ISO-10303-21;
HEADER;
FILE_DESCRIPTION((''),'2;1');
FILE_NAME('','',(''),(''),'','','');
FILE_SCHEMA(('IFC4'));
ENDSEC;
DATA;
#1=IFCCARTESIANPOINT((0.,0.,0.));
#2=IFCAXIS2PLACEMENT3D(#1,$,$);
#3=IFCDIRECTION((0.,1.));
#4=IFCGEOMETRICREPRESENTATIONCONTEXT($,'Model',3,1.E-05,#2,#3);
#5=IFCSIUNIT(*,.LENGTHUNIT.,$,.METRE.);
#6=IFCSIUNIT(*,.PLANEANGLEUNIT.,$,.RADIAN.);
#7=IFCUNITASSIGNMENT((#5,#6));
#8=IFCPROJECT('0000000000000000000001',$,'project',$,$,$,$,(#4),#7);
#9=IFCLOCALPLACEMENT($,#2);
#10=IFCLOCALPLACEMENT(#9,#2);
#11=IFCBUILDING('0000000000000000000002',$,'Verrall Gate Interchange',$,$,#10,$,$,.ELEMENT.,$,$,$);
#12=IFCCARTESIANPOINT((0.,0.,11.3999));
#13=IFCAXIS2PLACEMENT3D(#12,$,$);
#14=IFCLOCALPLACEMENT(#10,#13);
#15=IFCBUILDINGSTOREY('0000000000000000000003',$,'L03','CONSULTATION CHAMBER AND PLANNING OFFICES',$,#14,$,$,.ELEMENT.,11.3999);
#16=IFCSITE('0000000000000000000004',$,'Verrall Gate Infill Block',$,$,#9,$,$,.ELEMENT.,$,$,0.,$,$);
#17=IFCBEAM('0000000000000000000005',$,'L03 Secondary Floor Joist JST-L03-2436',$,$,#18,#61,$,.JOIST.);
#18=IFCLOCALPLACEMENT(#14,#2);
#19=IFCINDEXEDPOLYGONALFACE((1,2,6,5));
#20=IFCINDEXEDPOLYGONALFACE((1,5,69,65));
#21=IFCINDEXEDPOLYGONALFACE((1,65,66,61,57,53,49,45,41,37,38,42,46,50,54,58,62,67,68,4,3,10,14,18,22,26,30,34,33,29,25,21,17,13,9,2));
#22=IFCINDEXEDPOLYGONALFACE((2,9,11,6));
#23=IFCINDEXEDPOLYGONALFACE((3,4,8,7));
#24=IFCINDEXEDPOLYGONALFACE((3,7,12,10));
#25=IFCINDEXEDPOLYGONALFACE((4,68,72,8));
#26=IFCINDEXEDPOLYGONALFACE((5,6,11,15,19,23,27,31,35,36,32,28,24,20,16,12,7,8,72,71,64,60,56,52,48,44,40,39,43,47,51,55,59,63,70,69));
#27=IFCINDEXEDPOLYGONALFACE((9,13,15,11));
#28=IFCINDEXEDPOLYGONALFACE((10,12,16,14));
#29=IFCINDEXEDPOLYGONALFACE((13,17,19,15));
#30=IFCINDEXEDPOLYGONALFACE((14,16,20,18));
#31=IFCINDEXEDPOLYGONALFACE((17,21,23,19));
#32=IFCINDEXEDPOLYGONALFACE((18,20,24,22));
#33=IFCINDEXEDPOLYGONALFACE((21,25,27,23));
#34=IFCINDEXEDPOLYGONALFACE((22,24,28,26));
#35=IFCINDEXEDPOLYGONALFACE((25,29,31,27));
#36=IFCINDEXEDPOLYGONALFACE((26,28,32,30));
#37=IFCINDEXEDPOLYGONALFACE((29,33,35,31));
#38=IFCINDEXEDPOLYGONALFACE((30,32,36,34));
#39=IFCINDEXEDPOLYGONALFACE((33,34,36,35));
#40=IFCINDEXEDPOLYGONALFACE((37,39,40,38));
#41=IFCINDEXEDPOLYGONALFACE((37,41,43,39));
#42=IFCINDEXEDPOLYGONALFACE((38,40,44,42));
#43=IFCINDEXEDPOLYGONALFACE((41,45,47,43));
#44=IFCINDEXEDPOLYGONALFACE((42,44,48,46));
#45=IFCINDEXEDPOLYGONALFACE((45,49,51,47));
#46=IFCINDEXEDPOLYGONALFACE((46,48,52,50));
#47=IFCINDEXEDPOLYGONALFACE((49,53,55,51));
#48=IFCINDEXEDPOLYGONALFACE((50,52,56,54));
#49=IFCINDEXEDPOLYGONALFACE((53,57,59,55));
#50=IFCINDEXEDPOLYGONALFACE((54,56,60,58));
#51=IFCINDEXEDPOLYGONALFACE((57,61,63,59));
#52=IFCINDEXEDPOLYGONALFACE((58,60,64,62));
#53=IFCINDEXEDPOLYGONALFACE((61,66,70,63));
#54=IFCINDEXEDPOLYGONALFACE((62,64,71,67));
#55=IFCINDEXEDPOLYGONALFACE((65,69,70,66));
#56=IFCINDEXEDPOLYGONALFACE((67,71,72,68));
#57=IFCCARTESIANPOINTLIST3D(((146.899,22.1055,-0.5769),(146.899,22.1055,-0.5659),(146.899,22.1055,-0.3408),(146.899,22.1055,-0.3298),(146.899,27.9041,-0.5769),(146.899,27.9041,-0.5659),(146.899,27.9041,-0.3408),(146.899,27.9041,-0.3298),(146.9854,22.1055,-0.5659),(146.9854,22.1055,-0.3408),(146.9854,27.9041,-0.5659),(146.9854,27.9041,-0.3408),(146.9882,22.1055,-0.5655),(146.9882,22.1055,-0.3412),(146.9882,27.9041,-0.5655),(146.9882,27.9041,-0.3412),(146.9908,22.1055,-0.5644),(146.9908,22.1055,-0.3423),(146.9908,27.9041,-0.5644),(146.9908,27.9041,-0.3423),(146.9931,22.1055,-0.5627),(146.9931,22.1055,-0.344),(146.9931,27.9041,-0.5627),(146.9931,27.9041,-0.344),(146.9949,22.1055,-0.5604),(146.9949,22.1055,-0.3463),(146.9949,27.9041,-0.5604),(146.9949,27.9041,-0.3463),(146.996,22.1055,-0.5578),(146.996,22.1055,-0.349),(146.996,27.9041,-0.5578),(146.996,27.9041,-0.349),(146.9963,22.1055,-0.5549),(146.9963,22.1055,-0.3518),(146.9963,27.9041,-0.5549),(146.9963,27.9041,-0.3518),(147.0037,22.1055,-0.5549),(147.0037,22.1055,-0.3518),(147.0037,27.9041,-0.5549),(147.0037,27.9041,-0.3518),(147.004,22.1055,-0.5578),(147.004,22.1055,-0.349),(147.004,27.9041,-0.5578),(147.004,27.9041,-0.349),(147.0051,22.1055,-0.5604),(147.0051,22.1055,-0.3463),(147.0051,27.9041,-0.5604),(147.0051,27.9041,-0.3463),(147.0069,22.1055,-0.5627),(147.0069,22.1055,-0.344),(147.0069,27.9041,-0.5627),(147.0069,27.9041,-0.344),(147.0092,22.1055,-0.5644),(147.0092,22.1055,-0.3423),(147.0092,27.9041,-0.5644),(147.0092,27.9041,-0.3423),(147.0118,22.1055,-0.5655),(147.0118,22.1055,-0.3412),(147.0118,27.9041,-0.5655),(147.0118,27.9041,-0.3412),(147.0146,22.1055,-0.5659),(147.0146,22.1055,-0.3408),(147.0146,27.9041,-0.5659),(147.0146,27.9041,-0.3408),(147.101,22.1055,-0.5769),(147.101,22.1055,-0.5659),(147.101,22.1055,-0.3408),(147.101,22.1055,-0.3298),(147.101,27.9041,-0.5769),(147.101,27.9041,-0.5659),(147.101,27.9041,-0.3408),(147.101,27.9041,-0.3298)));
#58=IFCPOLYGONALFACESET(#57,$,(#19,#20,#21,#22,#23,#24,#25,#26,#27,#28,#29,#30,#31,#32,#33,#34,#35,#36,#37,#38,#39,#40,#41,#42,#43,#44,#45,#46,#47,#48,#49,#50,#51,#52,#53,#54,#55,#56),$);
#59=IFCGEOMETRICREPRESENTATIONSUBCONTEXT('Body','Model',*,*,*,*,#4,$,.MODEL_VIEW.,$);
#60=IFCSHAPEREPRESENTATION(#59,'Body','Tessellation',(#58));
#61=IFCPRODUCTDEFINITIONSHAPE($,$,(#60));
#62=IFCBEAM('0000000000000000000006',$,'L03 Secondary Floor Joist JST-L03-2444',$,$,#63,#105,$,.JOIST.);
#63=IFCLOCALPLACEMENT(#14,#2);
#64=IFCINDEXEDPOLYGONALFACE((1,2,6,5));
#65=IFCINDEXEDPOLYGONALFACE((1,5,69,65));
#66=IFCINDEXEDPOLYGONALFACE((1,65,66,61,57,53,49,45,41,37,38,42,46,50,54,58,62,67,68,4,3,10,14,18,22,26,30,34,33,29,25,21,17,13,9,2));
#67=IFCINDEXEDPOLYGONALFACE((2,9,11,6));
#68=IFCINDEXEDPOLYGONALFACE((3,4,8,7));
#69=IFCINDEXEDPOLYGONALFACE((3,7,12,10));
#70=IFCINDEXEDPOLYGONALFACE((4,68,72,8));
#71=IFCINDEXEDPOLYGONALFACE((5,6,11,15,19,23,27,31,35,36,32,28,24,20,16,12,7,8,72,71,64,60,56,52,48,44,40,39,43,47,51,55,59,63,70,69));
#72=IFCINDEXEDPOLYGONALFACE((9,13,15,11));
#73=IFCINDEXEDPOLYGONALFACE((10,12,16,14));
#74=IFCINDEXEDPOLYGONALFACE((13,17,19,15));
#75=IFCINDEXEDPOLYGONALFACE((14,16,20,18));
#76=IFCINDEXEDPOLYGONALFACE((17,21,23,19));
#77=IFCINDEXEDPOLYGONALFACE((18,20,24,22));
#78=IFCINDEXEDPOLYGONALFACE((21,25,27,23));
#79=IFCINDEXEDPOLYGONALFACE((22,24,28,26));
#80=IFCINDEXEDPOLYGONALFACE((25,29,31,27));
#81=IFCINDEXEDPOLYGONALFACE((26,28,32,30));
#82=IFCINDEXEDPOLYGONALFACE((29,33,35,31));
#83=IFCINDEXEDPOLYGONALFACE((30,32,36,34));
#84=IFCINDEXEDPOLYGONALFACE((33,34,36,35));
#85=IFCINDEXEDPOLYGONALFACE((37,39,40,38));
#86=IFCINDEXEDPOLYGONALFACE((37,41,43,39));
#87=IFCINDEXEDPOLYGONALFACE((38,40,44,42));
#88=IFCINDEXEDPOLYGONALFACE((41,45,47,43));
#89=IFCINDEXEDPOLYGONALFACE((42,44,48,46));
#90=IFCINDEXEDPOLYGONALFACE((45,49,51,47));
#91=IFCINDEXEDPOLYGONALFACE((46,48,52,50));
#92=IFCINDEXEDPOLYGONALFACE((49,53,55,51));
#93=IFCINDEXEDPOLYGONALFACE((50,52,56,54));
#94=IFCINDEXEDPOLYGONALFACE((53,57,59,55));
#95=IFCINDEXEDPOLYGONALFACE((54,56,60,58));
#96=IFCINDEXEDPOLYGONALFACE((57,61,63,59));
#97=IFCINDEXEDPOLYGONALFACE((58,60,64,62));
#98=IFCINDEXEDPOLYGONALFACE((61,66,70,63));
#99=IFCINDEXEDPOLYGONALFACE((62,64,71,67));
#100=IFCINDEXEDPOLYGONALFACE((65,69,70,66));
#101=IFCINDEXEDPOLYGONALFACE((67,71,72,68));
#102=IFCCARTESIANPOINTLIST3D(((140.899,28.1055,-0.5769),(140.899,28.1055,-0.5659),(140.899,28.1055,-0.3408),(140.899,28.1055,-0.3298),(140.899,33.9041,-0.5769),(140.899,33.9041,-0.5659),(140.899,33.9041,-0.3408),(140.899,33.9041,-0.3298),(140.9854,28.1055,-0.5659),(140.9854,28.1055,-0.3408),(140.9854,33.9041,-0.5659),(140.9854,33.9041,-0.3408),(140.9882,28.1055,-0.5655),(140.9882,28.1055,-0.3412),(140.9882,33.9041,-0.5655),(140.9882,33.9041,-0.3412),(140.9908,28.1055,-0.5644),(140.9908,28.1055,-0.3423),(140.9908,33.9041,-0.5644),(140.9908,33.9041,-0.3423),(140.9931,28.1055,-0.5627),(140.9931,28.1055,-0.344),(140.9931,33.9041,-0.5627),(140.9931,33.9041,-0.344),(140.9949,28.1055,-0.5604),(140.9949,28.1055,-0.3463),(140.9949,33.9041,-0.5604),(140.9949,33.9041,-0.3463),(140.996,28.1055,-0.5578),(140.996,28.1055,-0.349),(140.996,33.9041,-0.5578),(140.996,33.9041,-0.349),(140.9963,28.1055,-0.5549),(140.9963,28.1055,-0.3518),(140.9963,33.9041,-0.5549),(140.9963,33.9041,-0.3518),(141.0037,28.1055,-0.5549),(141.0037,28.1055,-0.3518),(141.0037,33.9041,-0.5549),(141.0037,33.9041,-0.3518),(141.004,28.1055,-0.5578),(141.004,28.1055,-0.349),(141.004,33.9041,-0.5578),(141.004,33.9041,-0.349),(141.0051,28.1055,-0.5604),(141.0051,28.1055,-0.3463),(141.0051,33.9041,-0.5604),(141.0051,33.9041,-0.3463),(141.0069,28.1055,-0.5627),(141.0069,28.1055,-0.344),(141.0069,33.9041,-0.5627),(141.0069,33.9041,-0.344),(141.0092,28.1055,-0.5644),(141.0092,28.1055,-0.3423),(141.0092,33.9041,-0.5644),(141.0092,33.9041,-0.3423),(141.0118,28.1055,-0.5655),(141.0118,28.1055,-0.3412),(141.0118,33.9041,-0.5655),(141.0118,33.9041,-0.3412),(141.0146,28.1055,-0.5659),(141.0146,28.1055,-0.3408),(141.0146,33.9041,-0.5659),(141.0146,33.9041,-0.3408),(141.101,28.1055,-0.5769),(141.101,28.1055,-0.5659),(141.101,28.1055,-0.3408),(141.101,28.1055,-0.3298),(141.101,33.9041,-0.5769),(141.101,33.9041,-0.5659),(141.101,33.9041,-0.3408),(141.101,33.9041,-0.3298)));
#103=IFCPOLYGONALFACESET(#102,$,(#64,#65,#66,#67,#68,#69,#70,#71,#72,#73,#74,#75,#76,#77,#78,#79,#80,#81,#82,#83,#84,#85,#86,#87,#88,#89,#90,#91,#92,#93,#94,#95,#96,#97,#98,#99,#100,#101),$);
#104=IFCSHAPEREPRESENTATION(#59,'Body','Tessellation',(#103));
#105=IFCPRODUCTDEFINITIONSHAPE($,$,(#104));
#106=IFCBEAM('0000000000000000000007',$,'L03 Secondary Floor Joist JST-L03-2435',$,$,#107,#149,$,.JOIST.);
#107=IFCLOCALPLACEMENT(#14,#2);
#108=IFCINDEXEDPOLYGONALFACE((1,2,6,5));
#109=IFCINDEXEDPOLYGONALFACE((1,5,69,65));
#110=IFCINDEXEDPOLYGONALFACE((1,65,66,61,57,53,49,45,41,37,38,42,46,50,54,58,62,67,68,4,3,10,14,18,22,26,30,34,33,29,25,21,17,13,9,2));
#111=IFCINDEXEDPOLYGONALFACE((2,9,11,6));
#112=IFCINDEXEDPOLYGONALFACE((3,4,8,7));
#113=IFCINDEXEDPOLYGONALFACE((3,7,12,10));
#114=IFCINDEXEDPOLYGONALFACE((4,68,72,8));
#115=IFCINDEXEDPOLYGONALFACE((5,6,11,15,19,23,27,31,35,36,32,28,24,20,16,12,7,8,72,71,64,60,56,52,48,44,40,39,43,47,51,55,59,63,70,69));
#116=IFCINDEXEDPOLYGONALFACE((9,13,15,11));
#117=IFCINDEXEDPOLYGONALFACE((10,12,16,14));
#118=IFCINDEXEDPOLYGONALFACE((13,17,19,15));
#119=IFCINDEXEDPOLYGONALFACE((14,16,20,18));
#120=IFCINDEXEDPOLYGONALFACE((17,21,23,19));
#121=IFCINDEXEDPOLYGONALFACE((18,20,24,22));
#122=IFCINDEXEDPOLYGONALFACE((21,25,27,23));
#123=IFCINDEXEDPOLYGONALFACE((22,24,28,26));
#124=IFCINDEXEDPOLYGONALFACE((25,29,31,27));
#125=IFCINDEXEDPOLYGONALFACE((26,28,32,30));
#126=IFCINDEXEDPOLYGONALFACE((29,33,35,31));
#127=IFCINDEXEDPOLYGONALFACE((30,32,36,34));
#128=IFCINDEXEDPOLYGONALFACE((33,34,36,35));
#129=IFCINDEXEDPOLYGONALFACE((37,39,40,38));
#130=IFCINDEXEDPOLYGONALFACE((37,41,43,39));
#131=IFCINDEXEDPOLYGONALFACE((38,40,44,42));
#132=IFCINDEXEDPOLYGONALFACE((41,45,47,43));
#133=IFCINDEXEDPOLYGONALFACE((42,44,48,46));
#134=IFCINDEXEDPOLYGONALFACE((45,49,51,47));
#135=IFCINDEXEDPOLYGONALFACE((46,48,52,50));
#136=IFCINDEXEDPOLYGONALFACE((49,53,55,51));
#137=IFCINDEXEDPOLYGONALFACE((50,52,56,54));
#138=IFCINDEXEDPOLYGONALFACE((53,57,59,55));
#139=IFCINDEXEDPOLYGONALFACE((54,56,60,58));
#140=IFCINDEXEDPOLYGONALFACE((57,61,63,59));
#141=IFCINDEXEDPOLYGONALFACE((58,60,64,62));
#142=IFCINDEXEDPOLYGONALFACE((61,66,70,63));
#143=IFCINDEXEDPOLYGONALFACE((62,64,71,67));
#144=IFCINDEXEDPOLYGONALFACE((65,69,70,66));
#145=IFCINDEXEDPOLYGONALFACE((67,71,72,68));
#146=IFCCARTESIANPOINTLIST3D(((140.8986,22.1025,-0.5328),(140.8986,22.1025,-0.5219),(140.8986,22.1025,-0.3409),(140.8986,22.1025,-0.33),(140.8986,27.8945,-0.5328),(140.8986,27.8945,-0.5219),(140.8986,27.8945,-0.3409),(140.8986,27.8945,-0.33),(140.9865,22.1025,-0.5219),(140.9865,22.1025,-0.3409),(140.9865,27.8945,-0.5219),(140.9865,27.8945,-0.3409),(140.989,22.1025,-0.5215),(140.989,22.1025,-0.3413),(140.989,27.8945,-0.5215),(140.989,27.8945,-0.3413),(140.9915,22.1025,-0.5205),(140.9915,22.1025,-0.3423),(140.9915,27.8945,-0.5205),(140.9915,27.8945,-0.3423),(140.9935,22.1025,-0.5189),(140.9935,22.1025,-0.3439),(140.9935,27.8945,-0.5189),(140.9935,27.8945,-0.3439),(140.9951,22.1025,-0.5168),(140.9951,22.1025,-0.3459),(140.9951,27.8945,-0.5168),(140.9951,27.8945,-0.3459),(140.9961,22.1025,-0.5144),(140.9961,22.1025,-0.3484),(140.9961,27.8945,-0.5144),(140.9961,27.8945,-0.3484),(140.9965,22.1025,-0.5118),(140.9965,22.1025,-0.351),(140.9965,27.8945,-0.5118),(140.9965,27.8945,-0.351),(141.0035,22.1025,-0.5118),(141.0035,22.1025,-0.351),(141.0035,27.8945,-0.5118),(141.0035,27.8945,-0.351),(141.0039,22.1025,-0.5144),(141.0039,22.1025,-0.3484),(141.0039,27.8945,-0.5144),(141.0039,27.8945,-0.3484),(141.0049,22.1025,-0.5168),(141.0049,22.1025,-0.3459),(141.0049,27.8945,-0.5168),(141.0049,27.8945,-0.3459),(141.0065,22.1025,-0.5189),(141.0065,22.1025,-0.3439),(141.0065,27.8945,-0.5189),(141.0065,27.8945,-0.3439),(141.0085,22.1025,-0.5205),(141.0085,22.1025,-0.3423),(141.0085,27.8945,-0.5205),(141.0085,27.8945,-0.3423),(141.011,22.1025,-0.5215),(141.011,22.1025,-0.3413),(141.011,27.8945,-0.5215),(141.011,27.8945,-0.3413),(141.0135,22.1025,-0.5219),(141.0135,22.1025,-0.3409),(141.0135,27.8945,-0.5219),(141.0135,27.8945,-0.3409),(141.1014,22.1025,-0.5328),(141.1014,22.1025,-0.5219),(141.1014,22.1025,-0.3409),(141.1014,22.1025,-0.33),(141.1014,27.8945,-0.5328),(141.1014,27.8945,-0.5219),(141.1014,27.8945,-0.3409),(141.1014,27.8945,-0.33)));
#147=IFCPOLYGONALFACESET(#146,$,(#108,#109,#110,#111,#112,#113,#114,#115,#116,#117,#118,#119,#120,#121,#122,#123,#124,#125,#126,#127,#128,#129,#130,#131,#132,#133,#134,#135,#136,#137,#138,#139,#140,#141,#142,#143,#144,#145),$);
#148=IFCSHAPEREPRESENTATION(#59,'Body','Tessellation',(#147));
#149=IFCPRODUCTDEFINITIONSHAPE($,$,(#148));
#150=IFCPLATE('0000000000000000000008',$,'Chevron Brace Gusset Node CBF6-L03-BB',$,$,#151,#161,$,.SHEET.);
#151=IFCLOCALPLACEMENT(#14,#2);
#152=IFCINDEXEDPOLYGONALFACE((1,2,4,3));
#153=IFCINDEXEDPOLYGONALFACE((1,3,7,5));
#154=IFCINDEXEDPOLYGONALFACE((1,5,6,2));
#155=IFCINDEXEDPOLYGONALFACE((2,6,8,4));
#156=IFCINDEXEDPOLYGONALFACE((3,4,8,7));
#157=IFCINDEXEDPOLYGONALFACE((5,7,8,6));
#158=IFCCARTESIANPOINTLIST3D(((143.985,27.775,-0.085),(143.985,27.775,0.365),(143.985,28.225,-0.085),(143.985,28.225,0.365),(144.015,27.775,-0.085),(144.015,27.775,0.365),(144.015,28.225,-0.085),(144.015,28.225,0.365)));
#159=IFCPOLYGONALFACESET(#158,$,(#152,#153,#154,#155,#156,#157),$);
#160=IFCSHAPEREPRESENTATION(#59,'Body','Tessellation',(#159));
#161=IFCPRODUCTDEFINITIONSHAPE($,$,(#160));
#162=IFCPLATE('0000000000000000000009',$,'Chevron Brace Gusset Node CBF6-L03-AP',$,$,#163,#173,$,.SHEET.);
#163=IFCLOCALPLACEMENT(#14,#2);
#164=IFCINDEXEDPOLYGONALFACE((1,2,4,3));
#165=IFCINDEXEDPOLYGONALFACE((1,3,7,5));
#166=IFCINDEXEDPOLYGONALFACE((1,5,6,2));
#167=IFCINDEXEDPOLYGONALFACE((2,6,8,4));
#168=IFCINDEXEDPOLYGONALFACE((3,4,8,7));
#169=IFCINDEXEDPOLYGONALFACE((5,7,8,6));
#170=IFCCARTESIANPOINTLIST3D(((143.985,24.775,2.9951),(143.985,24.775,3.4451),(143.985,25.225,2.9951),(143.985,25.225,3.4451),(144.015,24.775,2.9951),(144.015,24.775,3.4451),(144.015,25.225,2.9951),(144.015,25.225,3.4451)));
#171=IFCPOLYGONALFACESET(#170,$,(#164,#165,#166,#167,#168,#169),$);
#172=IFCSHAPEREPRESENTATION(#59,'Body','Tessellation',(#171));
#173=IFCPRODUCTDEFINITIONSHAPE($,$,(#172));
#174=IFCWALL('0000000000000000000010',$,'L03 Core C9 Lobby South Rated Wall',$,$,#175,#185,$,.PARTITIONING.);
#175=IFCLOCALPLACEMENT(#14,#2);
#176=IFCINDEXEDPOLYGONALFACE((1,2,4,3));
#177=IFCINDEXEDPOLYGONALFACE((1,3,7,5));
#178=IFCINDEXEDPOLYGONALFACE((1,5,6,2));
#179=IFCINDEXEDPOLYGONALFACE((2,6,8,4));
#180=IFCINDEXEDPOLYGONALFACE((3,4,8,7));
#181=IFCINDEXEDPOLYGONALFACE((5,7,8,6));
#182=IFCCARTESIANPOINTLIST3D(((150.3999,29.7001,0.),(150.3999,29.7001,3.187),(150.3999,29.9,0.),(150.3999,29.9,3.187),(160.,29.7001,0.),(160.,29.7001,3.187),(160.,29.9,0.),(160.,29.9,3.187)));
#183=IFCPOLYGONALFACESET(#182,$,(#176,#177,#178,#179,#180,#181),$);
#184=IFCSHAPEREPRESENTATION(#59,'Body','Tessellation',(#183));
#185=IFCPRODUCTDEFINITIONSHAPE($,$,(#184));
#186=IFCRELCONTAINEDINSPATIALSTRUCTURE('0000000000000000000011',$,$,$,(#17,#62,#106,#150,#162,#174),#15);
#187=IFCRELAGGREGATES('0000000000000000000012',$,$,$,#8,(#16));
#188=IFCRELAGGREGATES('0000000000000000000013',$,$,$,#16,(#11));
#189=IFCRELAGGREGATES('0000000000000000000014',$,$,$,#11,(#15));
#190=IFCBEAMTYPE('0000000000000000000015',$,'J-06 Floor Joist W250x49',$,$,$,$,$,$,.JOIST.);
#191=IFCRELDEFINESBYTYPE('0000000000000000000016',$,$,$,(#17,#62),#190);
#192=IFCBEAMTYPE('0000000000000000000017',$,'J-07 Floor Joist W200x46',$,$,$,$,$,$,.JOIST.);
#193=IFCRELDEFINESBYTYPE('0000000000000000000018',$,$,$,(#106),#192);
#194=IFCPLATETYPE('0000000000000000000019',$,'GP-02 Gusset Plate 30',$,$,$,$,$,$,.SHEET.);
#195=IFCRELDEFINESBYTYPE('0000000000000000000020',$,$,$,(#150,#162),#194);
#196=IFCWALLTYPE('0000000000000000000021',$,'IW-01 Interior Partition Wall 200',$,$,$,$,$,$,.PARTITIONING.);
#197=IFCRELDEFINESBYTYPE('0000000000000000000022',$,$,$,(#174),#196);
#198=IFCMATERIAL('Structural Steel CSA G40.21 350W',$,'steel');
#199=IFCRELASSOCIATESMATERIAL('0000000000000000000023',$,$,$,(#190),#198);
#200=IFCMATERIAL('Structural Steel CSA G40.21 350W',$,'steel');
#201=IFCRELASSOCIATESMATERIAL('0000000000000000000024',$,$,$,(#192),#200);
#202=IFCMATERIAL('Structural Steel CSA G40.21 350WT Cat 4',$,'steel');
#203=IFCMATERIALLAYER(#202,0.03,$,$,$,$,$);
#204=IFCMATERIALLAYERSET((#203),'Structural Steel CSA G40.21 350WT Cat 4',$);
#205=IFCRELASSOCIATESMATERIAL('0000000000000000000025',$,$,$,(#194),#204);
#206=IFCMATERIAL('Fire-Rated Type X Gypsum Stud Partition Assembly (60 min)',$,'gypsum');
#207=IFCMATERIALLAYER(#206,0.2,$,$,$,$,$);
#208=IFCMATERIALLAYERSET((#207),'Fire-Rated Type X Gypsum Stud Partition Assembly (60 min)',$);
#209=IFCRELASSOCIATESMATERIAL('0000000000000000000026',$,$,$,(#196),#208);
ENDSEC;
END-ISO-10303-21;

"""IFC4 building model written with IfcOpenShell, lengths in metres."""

from ifc_helpers import new_model, si_unit, direction, frame, frame_2d, origin, origin_2d, place, context, subcontext, project, spatial, rectangle, i_section, extrude, material, layer, layer_set, material_profile, profile_set, type_object, element, save


model = new_model("IFC4")

# Units and contexts
model_context = context("Model", 3, precision=1e-05, world=origin(), true_north=direction((0.0, 1.0)))
body_context = subcontext(model_context, "Body", "Model", "MODEL_VIEW")
ifc_project = project(units=[si_unit("LENGTHUNIT", "METRE"), si_unit("PLANEANGLEUNIT", "RADIAN")], contexts=[model_context])

# Site, building, storey
site_placement = place(None, origin())
site = spatial("IfcSite", under=ifc_project, at=site_placement, Name="Verrall Gate Infill Block", CompositionType="ELEMENT", RefElevation=0.0)
building_placement = place(site_placement, origin())
building = spatial("IfcBuilding", under=site, at=building_placement, Name="Verrall Gate Interchange", CompositionType="ELEMENT")
storey_placement = place(building_placement, frame((0.0, 0.0, 11.3999)))
storey = spatial("IfcBuildingStorey", under=building, at=storey_placement, Name="L03", Description="CONSULTATION CHAMBER AND PLANNING OFFICES", CompositionType="ELEMENT", Elevation=11.3999)

# Beams
ifc_material_1 = material(Name="Structural Steel CSA G40.21 350W", Category="steel")
ifc_material_profile_1 = material_profile(ifc_material_1, i_section(OverallWidth=0.2019, OverallDepth=0.2471, WebThickness=0.0073, FlangeThickness=0.011, FilletRadius=0.011, at=origin_2d()), Name="W250x49")
ifc_profile_set_1 = profile_set([ifc_material_profile_1], Name="Structural Steel CSA G40.21 350W")
beam_type_1 = type_object("IfcBeamType", Name="J-06 Floor Joist W250x49", PredefinedType="JOIST", material=ifc_profile_set_1)
for number, where, z_axis, x_axis, name in (
    (1, (147.0, 22.1055, -0.4534), (0.0, 1.0, 0.0), (-1.0, 0.0, 0.0), "L03 Secondary Floor Joist JST-L03-2436"),
    (2, (141.0, 28.1055, -0.4534), (0.0, 1.0, 0.0), (-1.0, 0.0, 0.0), "L03 Secondary Floor Joist JST-L03-2444"),
):
    element("IfcBeam", number, at=place(storey_placement, frame(where, z_axis=z_axis, x_axis=x_axis)), inside=storey, type_object=beam_type_1, Name=name, PredefinedType="JOIST", context=body_context, shape_type="SweptSolid", body=[
        extrude(i_section(OverallWidth=0.2019, OverallDepth=0.2471, WebThickness=0.0073, FlangeThickness=0.011, FilletRadius=0.011, at=origin_2d()), origin(), (0.0, 0.0, 1.0), 5.7986),
    ])
ifc_material_2 = material(Name="Structural Steel CSA G40.21 350W", Category="steel")
ifc_material_profile_2 = material_profile(ifc_material_2, i_section(OverallWidth=0.2029, OverallDepth=0.2029, WebThickness=0.0071, FlangeThickness=0.011, FilletRadius=0.01, at=origin_2d()), Name="W200x46")
ifc_profile_set_2 = profile_set([ifc_material_profile_2], Name="Structural Steel CSA G40.21 350W")
beam_type_2 = type_object("IfcBeamType", Name="J-07 Floor Joist W200x46", PredefinedType="JOIST", material=ifc_profile_set_2)
beam_1_placement = place(storey_placement, frame((141.0, 22.1025, -0.4314), z_axis=(0.0, 1.0, 0.0), x_axis=(-1.0, 0.0, 0.0)))
element("IfcBeam", 3, at=beam_1_placement, inside=storey, type_object=beam_type_2, Name="L03 Secondary Floor Joist JST-L03-2435", PredefinedType="JOIST", context=body_context, shape_type="SweptSolid", body=[
    extrude(i_section(OverallWidth=0.2029, OverallDepth=0.2029, WebThickness=0.0071, FlangeThickness=0.011, FilletRadius=0.01, at=origin_2d()), origin(), (0.0, 0.0, 1.0), 5.792),
])

# Plates
ifc_material_3 = material(Name="Structural Steel CSA G40.21 350WT Cat 4", Category="steel")
ifc_layer_1 = layer(ifc_material_3, 0.03)
ifc_layer_set_1 = layer_set([ifc_layer_1], Name="Structural Steel CSA G40.21 350WT Cat 4")
plate_type = type_object("IfcPlateType", Name="GP-02 Gusset Plate 30", PredefinedType="SHEET", material=ifc_layer_set_1)
for number, where, z_axis, x_axis, name in (
    (4, (144.0, 28.0, -0.085), (0.0, 0.0, 1.0), (1.0, 0.0, 0.0), "Chevron Brace Gusset Node CBF6-L03-BB"),
    (5, (144.0, 25.0, 2.9951), (0.0, 0.0, 1.0), (1.0, 0.0, 0.0), "Chevron Brace Gusset Node CBF6-L03-AP"),
):
    element("IfcPlate", number, at=place(storey_placement, frame(where, z_axis=z_axis, x_axis=x_axis)), inside=storey, type_object=plate_type, Name=name, PredefinedType="SHEET", context=body_context, shape_type="SweptSolid", body=[
        extrude(rectangle(XDim=0.03, YDim=0.45, at=origin_2d()), origin(), (0.0, 0.0, 1.0), 0.45),
    ])

# Wall
ifc_material_4 = material(Name="Fire-Rated Type X Gypsum Stud Partition Assembly (60 min)", Category="gypsum")
ifc_layer_2 = layer(ifc_material_4, 0.2)
ifc_layer_set_2 = layer_set([ifc_layer_2], Name="Fire-Rated Type X Gypsum Stud Partition Assembly (60 min)")
wall_type_1 = type_object("IfcWallType", Name="IW-01 Interior Partition Wall 200", PredefinedType="PARTITIONING", material=ifc_layer_set_2)
wall_1_placement = place(storey_placement, frame((150.3999, 29.8, 0.0), z_axis=(0.0, 0.0, 1.0), x_axis=(1.0, 0.0, 0.0)))
element("IfcWall", 6, at=wall_1_placement, inside=storey, type_object=wall_type_1, Name="L03 Core C9 Lobby South Rated Wall", PredefinedType="PARTITIONING", context=body_context, shape_type="SweptSolid", body=[
    extrude(rectangle(XDim=9.6001, YDim=0.2, at=frame_2d((4.8, 0.0))), origin(), (0.0, 0.0, 1.0), 3.187),
])

save(model, "model.ifc")
